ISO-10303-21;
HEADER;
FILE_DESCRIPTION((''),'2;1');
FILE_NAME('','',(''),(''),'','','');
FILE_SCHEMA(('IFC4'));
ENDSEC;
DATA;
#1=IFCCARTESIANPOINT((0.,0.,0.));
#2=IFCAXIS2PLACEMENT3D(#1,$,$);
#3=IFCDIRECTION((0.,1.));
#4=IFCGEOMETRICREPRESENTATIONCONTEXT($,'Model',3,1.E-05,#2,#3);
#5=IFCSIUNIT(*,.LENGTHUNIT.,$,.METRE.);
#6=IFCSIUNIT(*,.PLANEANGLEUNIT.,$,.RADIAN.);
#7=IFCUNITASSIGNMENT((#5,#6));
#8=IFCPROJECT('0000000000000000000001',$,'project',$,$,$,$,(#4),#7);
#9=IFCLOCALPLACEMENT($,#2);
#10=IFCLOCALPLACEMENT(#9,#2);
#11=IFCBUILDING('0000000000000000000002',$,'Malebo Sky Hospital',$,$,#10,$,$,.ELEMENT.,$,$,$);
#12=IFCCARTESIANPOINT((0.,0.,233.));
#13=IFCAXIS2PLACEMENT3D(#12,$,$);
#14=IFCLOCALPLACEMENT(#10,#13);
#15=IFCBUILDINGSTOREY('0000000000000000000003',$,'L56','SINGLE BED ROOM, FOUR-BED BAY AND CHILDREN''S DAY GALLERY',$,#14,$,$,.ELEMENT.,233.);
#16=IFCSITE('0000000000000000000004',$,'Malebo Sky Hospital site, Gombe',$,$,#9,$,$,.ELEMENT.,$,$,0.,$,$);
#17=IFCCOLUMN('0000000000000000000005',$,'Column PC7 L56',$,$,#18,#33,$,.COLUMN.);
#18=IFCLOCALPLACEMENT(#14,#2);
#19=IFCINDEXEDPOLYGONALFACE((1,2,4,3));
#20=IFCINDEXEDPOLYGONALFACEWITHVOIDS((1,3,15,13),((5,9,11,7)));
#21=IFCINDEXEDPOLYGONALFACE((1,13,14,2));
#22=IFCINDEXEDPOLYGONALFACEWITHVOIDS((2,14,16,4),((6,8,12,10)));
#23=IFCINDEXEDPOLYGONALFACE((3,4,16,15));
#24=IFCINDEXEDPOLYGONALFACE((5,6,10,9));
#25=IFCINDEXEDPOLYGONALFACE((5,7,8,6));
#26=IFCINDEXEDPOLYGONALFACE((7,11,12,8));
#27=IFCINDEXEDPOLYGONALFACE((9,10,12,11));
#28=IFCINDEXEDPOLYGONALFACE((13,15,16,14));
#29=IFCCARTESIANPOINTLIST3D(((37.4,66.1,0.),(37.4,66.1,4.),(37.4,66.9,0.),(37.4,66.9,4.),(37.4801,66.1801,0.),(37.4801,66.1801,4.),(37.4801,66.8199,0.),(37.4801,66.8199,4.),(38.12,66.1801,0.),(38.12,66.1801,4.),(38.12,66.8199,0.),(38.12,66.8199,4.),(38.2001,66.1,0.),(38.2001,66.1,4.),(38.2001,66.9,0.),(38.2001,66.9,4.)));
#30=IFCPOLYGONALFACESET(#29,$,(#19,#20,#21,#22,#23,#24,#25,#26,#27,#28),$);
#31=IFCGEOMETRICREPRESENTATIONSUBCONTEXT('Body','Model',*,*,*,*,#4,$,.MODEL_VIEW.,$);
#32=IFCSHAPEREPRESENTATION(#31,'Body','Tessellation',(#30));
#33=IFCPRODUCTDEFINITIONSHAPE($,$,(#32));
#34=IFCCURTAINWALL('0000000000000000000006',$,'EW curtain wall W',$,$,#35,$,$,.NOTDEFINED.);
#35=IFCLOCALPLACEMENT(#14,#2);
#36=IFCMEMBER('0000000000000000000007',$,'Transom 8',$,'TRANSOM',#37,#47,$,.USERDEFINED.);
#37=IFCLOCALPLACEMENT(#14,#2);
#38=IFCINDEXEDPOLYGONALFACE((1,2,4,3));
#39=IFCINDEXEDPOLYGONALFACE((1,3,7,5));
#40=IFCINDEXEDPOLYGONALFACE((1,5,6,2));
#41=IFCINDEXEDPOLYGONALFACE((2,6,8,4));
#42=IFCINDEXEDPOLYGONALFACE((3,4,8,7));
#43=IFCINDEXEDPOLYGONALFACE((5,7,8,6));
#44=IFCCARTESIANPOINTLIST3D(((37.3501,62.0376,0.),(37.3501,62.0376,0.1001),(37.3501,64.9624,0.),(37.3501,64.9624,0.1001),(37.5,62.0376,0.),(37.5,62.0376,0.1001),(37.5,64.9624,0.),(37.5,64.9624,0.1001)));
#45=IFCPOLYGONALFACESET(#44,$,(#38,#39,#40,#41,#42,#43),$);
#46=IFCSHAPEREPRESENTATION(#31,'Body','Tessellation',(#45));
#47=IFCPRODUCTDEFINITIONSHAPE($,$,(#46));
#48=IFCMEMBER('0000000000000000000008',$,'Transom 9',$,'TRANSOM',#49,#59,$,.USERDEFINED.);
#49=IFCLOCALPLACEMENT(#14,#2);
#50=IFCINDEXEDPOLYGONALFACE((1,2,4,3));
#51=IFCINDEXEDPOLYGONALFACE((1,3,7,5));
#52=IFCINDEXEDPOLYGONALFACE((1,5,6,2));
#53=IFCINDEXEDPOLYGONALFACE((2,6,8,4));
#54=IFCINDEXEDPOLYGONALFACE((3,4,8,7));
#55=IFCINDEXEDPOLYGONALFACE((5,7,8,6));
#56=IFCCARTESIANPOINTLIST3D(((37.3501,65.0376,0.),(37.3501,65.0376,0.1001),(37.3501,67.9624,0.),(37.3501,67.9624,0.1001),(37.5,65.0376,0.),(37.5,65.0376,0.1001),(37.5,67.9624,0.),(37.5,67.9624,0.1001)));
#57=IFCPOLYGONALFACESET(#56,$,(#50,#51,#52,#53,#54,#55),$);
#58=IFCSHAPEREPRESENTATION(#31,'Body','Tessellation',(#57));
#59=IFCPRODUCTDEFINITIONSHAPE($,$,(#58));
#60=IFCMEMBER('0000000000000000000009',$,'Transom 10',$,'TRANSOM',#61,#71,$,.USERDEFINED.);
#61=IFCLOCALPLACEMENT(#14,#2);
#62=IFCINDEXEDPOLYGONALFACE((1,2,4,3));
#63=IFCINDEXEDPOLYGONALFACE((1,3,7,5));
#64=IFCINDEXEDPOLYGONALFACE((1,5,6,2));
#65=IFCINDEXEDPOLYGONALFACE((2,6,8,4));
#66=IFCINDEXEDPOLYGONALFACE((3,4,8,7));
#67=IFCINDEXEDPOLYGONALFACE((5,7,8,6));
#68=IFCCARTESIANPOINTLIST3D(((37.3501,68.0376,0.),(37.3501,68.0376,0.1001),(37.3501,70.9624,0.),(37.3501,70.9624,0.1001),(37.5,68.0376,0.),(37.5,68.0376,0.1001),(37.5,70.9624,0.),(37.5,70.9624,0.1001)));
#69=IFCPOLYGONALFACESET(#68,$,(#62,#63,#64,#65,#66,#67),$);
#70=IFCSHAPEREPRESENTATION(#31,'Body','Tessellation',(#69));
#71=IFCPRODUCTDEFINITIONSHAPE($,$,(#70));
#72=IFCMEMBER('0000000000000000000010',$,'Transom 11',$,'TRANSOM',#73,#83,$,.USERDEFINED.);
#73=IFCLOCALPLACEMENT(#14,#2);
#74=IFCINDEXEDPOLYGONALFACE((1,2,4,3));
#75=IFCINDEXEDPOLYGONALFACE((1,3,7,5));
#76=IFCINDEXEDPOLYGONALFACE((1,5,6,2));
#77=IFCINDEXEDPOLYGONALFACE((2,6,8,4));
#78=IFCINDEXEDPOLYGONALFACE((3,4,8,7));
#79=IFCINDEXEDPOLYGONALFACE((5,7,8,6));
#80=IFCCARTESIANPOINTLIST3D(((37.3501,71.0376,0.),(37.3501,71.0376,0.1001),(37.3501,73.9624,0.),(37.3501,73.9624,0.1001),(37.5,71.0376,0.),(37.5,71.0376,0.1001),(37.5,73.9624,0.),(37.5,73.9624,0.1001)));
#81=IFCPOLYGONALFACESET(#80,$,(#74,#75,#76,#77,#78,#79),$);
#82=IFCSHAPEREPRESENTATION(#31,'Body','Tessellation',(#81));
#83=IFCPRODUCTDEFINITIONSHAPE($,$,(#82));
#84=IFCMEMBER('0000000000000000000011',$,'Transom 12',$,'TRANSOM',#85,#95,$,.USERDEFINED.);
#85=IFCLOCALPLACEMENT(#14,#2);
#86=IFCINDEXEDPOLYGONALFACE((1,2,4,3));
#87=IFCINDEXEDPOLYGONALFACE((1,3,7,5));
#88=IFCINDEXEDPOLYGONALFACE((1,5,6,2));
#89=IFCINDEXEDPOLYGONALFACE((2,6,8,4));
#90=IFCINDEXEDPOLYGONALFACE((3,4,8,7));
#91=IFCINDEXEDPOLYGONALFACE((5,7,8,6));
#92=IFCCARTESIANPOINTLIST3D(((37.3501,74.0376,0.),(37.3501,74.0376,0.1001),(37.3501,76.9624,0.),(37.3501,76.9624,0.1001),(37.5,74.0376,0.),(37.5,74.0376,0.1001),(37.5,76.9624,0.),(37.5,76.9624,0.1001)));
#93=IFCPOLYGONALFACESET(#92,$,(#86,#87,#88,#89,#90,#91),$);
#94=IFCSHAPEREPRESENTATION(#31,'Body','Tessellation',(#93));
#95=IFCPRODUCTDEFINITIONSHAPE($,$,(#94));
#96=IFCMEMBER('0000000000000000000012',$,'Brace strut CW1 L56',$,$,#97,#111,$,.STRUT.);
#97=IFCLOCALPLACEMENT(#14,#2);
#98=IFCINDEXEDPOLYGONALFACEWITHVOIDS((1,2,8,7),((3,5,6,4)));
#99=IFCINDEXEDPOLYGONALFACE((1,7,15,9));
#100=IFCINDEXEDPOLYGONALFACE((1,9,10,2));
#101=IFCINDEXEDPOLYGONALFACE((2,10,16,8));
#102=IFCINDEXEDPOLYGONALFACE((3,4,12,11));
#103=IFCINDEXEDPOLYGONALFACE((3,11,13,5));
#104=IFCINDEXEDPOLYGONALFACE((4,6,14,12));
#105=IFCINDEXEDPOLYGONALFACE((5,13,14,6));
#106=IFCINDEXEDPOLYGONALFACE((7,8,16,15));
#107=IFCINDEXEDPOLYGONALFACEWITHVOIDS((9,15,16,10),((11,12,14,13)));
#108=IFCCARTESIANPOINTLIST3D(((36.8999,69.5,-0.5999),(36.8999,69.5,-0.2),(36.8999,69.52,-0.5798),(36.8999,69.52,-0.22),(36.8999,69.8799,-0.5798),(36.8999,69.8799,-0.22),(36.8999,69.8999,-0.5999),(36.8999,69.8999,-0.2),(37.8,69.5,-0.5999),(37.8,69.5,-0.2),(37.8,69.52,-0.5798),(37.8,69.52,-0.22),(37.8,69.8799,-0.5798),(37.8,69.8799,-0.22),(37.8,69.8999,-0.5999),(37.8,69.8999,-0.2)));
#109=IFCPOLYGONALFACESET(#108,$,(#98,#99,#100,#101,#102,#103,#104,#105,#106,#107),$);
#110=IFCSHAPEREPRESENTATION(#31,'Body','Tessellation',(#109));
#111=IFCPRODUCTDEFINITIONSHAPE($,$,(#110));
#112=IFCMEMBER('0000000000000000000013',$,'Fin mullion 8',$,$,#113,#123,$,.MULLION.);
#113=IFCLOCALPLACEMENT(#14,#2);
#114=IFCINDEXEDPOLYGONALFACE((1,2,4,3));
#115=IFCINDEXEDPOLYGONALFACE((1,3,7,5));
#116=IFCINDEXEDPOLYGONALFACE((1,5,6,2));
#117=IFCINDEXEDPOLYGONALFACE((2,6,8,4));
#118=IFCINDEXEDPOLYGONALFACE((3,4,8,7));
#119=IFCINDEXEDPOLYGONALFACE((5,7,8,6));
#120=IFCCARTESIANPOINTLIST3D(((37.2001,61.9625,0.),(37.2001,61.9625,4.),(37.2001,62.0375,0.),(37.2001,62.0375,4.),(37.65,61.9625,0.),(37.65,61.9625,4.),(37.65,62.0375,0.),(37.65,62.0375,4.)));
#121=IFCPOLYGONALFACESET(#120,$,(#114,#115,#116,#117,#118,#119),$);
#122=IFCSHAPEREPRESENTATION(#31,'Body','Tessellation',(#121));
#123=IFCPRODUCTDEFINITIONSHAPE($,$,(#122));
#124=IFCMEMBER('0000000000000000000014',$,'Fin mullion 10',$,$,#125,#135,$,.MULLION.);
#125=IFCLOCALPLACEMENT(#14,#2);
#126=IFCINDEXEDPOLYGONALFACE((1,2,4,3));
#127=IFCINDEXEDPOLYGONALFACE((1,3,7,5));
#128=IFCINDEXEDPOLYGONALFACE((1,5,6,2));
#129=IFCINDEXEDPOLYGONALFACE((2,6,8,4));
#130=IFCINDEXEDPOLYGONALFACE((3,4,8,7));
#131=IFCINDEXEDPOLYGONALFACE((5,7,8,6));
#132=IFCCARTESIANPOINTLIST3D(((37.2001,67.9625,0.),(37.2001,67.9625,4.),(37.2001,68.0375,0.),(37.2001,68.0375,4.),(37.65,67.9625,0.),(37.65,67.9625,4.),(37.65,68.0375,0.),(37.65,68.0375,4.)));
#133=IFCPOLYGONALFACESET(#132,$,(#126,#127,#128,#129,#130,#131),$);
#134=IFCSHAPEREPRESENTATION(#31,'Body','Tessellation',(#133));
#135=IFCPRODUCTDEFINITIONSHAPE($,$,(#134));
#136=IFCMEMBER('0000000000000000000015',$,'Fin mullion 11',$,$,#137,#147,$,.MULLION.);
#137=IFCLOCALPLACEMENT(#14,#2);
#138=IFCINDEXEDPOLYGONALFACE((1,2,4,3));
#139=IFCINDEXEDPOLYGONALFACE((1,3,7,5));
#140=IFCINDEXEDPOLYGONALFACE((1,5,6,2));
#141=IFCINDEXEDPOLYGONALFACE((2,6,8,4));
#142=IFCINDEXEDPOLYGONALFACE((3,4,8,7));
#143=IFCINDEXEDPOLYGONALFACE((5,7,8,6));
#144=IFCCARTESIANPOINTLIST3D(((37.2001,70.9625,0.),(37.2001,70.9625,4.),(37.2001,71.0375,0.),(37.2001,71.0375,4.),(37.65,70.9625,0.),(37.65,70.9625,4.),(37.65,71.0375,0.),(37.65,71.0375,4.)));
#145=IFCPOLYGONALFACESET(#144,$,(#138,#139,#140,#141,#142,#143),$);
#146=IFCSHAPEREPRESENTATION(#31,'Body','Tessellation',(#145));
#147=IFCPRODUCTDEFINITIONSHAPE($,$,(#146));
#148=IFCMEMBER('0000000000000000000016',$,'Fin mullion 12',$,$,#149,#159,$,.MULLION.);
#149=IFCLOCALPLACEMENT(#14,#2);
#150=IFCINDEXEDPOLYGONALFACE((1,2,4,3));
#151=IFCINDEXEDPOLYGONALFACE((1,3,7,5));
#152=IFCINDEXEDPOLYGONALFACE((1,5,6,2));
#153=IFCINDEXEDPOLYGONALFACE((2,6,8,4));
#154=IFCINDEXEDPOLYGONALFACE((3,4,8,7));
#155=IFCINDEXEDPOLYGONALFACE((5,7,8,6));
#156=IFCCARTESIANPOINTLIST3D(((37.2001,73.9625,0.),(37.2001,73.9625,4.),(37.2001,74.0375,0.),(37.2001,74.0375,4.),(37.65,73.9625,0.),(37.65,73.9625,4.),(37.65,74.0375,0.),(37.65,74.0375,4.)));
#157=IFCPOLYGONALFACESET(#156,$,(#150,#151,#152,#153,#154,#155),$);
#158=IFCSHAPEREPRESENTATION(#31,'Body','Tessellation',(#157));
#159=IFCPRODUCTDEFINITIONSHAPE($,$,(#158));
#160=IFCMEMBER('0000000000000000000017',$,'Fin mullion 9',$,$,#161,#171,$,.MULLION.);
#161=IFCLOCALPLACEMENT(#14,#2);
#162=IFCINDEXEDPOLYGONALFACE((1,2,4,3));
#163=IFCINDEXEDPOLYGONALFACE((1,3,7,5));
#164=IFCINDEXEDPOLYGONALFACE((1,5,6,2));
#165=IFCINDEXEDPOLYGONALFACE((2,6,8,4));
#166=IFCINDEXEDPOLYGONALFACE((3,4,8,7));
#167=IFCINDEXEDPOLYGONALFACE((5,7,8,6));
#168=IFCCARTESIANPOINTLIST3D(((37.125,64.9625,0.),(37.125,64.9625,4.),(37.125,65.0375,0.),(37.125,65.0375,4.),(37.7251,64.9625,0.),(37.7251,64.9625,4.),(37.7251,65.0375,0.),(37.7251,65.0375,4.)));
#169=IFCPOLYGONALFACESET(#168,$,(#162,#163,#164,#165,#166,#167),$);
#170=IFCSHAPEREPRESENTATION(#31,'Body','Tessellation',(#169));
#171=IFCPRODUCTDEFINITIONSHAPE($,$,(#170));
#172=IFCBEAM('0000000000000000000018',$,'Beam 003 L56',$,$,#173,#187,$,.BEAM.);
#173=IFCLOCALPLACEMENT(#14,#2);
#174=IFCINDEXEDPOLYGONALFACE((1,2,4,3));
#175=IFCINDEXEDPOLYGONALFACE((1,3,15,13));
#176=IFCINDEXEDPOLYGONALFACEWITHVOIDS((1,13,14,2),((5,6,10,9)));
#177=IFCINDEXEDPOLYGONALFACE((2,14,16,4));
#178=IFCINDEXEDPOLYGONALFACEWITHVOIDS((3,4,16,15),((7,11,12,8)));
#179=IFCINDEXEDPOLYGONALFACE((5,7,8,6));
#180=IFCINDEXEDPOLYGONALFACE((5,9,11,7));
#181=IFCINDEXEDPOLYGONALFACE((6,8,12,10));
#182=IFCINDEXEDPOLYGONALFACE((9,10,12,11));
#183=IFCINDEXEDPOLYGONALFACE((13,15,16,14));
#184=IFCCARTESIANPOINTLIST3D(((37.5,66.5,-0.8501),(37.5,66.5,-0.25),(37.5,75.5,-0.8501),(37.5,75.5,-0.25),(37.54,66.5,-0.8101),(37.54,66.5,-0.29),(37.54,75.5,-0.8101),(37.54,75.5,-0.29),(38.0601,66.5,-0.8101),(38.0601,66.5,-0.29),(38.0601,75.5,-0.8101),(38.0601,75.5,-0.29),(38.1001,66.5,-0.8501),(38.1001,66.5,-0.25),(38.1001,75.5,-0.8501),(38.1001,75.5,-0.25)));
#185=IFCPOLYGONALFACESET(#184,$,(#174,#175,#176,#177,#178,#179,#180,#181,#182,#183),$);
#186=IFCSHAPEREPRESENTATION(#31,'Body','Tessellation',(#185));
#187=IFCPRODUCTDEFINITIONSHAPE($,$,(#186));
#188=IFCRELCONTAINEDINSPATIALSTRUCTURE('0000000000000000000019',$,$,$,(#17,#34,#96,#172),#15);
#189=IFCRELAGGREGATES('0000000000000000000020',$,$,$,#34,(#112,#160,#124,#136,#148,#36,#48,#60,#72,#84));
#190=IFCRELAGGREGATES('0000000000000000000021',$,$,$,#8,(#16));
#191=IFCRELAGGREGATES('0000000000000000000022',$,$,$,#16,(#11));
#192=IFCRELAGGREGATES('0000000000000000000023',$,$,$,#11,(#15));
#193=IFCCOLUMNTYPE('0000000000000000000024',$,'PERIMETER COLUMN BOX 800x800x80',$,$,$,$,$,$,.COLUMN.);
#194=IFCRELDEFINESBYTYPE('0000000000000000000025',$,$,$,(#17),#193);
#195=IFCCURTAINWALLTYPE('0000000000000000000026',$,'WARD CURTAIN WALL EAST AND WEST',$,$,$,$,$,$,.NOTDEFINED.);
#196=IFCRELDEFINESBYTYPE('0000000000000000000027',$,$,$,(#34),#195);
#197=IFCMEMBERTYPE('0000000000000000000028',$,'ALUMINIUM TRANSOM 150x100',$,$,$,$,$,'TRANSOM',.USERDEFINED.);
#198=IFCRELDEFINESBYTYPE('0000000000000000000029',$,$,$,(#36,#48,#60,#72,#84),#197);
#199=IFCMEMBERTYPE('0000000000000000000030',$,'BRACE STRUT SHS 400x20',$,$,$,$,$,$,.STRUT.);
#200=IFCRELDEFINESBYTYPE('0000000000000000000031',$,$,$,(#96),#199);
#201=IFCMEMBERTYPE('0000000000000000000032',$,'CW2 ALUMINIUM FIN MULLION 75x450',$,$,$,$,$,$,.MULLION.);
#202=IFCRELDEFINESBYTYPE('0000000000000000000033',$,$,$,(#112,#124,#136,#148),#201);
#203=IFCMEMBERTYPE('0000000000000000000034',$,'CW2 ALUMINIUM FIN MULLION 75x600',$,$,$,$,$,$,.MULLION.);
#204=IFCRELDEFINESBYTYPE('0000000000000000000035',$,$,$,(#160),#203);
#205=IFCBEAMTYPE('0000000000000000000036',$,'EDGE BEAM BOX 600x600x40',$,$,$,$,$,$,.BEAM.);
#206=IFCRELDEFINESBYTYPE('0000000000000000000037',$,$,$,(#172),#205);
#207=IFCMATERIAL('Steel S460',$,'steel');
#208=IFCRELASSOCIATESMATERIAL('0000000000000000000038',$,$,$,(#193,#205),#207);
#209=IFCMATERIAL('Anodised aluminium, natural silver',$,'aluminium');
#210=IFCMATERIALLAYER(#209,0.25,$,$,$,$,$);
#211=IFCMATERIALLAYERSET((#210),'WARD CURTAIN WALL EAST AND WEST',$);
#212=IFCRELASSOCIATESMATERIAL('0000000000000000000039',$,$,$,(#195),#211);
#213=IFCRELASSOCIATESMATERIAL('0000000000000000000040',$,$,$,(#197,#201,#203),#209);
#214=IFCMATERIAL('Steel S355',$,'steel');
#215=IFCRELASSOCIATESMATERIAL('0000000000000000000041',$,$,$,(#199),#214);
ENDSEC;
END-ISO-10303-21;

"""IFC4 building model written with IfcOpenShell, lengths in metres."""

from ifc_helpers import new_model, si_unit, direction, frame, origin, origin_2d, place, context, subcontext, project, spatial, rectangle, hollow_rectangle, extrude, material, layer, layer_set, material_profile, profile_set, type_object, element, aggregate, save


model = new_model("IFC4")

# Units and contexts
model_context = context("Model", 3, precision=1e-05, world=origin(), true_north=direction((0.0, 1.0)))
body_context = subcontext(model_context, "Body", "Model", "MODEL_VIEW")
ifc_project = project(units=[si_unit("LENGTHUNIT", "METRE"), si_unit("PLANEANGLEUNIT", "RADIAN")], contexts=[model_context])

# Site, building, storey
site_placement = place(None, origin())
site = spatial("IfcSite", under=ifc_project, at=site_placement, Name="Malebo Sky Hospital site, Gombe", CompositionType="ELEMENT", RefElevation=0.0)
building_placement = place(site_placement, origin())
building = spatial("IfcBuilding", under=site, at=building_placement, Name="Malebo Sky Hospital", CompositionType="ELEMENT")
storey_placement = place(building_placement, frame((0.0, 0.0, 233.0)))
storey = spatial("IfcBuildingStorey", under=building, at=storey_placement, Name="L56", Description="SINGLE BED ROOM, FOUR-BED BAY AND CHILDREN'S DAY GALLERY", CompositionType="ELEMENT", Elevation=233.0)

# Column
ifc_material_1 = material(Name="Steel S460", Category="steel")
ifc_material_profile_1 = material_profile(ifc_material_1, hollow_rectangle(XDim=0.8, YDim=0.8, WallThickness=0.0801, at=origin_2d()), Name="BOX 800x800x80")
ifc_profile_set_1 = profile_set([ifc_material_profile_1], Name="Steel S460")
column_type = type_object("IfcColumnType", Name="PERIMETER COLUMN BOX 800x800x80", PredefinedType="COLUMN", material=ifc_profile_set_1)
column_placement = place(storey_placement, frame((37.8, 66.5, 0.0), z_axis=(0.0, 0.0, 1.0), x_axis=(1.0, 0.0, 0.0)))
element("IfcColumn", 1, at=column_placement, inside=storey, type_object=column_type, Name="Column PC7 L56", PredefinedType="COLUMN", context=body_context, shape_type="SweptSolid", body=[
    extrude(hollow_rectangle(XDim=0.8, YDim=0.8, WallThickness=0.0801, at=origin_2d()), origin(), (0.0, 0.0, 1.0), 4.0),
])

# Curtain wall, members
ifc_material_2 = material(Name="Anodised aluminium, natural silver", Category="aluminium")
ifc_layer_1 = layer(ifc_material_2, 0.25)
ifc_layer_set_1 = layer_set([ifc_layer_1], Name="WARD CURTAIN WALL EAST AND WEST")
curtain_wall_type = type_object("IfcCurtainWallType", Name="WARD CURTAIN WALL EAST AND WEST", PredefinedType="NOTDEFINED", material=ifc_layer_set_1)
curtain_wall_placement = place(storey_placement, origin())
curtain_wall = element("IfcCurtainWall", 2, at=curtain_wall_placement, inside=storey, type_object=curtain_wall_type, Name="EW curtain wall W", PredefinedType="NOTDEFINED")
ifc_material_profile_2 = material_profile(ifc_material_2, rectangle(XDim=0.1499, YDim=0.1001, at=origin_2d()), Name="ALUMINIUM TRANSOM 150x100")
ifc_profile_set_2 = profile_set([ifc_material_profile_2], Name="Anodised aluminium, natural silver")
member_type_1 = type_object("IfcMemberType", Name="ALUMINIUM TRANSOM 150x100", ElementType="TRANSOM", PredefinedType="USERDEFINED", material=ifc_profile_set_2)
member_1_placement = place(storey_placement, frame((37.425, 62.0376, 0.05), z_axis=(0.0, 1.0, 0.0), x_axis=(-1.0, 0.0, 0.0)))
member_1 = element("IfcMember", 3, at=member_1_placement, type_object=member_type_1, Name="Transom 8", ObjectType="TRANSOM", PredefinedType="USERDEFINED", context=body_context, shape_type="SweptSolid", body=[
    extrude(rectangle(XDim=0.1499, YDim=0.1001, at=origin_2d()), origin(), (0.0, 0.0, 1.0), 2.9248),
])
member_2_placement = place(storey_placement, frame((37.425, 65.0376, 0.05), z_axis=(0.0, 1.0, 0.0), x_axis=(-1.0, 0.0, 0.0)))
member_2 = element("IfcMember", 4, at=member_2_placement, type_object=member_type_1, Name="Transom 9", ObjectType="TRANSOM", PredefinedType="USERDEFINED", context=body_context, shape_type="SweptSolid", body=[
    extrude(rectangle(XDim=0.1499, YDim=0.1001, at=origin_2d()), origin(), (0.0, 0.0, 1.0), 2.9248),
])
member_3_placement = place(storey_placement, frame((37.425, 68.0376, 0.05), z_axis=(0.0, 1.0, 0.0), x_axis=(-1.0, 0.0, 0.0)))
member_3 = element("IfcMember", 5, at=member_3_placement, type_object=member_type_1, Name="Transom 10", ObjectType="TRANSOM", PredefinedType="USERDEFINED", context=body_context, shape_type="SweptSolid", body=[
    extrude(rectangle(XDim=0.1499, YDim=0.1001, at=origin_2d()), origin(), (0.0, 0.0, 1.0), 2.9248),
])
member_4_placement = place(storey_placement, frame((37.425, 71.0376, 0.05), z_axis=(0.0, 1.0, 0.0), x_axis=(-1.0, 0.0, 0.0)))
member_4 = element("IfcMember", 6, at=member_4_placement, type_object=member_type_1, Name="Transom 11", ObjectType="TRANSOM", PredefinedType="USERDEFINED", context=body_context, shape_type="SweptSolid", body=[
    extrude(rectangle(XDim=0.1499, YDim=0.1001, at=origin_2d()), origin(), (0.0, 0.0, 1.0), 2.9248),
])
member_5_placement = place(storey_placement, frame((37.425, 74.0376, 0.05), z_axis=(0.0, 1.0, 0.0), x_axis=(-1.0, 0.0, 0.0)))
member_5 = element("IfcMember", 7, at=member_5_placement, type_object=member_type_1, Name="Transom 12", ObjectType="TRANSOM", PredefinedType="USERDEFINED", context=body_context, shape_type="SweptSolid", body=[
    extrude(rectangle(XDim=0.1499, YDim=0.1001, at=origin_2d()), origin(), (0.0, 0.0, 1.0), 2.9248),
])

# Members
ifc_material_3 = material(Name="Steel S355", Category="steel")
ifc_material_profile_3 = material_profile(ifc_material_3, hollow_rectangle(XDim=0.3999, YDim=0.3999, WallThickness=0.02, at=origin_2d()), Name="SHS 400x20")
ifc_profile_set_3 = profile_set([ifc_material_profile_3], Name="Steel S355")
member_type_2 = type_object("IfcMemberType", Name="BRACE STRUT SHS 400x20", PredefinedType="STRUT", material=ifc_profile_set_3)
member_6_placement = place(storey_placement, frame((36.8999, 69.7, -0.3999), z_axis=(1.0, 0.0, 0.0), x_axis=(0.0, 1.0, 0.0)))
element("IfcMember", 8, at=member_6_placement, inside=storey, type_object=member_type_2, Name="Brace strut CW1 L56", PredefinedType="STRUT", context=body_context, shape_type="SweptSolid", body=[
    extrude(hollow_rectangle(XDim=0.3999, YDim=0.3999, WallThickness=0.02, at=origin_2d()), origin(), (0.0, 0.0, 1.0), 0.9001),
])
ifc_material_profile_4 = material_profile(ifc_material_2, rectangle(XDim=0.075, YDim=0.45, at=origin_2d()), Name="CW2 ALUMINIUM FIN MULLION 75x450")
ifc_profile_set_4 = profile_set([ifc_material_profile_4], Name="Anodised aluminium, natural silver")
member_type_3 = type_object("IfcMemberType", Name="CW2 ALUMINIUM FIN MULLION 75x450", PredefinedType="MULLION", material=ifc_profile_set_4)
member_7_placement = place(storey_placement, frame((37.425, 62.0, 0.0), z_axis=(0.0, 0.0, 1.0), x_axis=(0.0, 1.0, 0.0)))
member_7 = element("IfcMember", 9, at=member_7_placement, type_object=member_type_3, Name="Fin mullion 8", PredefinedType="MULLION", context=body_context, shape_type="SweptSolid", body=[
    extrude(rectangle(XDim=0.075, YDim=0.45, at=origin_2d()), origin(), (0.0, 0.0, 1.0), 4.0),
])
member_8_placement = place(storey_placement, frame((37.425, 68.0, 0.0), z_axis=(0.0, 0.0, 1.0), x_axis=(0.0, 1.0, 0.0)))
member_8 = element("IfcMember", 10, at=member_8_placement, type_object=member_type_3, Name="Fin mullion 10", PredefinedType="MULLION", context=body_context, shape_type="SweptSolid", body=[
    extrude(rectangle(XDim=0.075, YDim=0.45, at=origin_2d()), origin(), (0.0, 0.0, 1.0), 4.0),
])
member_9_placement = place(storey_placement, frame((37.425, 71.0, 0.0), z_axis=(0.0, 0.0, 1.0), x_axis=(0.0, 1.0, 0.0)))
member_9 = element("IfcMember", 11, at=member_9_placement, type_object=member_type_3, Name="Fin mullion 11", PredefinedType="MULLION", context=body_context, shape_type="SweptSolid", body=[
    extrude(rectangle(XDim=0.075, YDim=0.45, at=origin_2d()), origin(), (0.0, 0.0, 1.0), 4.0),
])
member_10_placement = place(storey_placement, frame((37.425, 74.0, 0.0), z_axis=(0.0, 0.0, 1.0), x_axis=(0.0, 1.0, 0.0)))
member_10 = element("IfcMember", 12, at=member_10_placement, type_object=member_type_3, Name="Fin mullion 12", PredefinedType="MULLION", context=body_context, shape_type="SweptSolid", body=[
    extrude(rectangle(XDim=0.075, YDim=0.45, at=origin_2d()), origin(), (0.0, 0.0, 1.0), 4.0),
])
ifc_material_profile_5 = material_profile(ifc_material_2, rectangle(XDim=0.075, YDim=0.6001, at=origin_2d()), Name="CW2 ALUMINIUM FIN MULLION 75x600")
ifc_profile_set_5 = profile_set([ifc_material_profile_5], Name="Anodised aluminium, natural silver")
member_type_4 = type_object("IfcMemberType", Name="CW2 ALUMINIUM FIN MULLION 75x600", PredefinedType="MULLION", material=ifc_profile_set_5)
member_11_placement = place(storey_placement, frame((37.425, 65.0, 0.0), z_axis=(0.0, 0.0, 1.0), x_axis=(0.0, 1.0, 0.0)))
member_11 = element("IfcMember", 13, at=member_11_placement, type_object=member_type_4, Name="Fin mullion 9", PredefinedType="MULLION", context=body_context, shape_type="SweptSolid", body=[
    extrude(rectangle(XDim=0.075, YDim=0.6001, at=origin_2d()), origin(), (0.0, 0.0, 1.0), 4.0),
])

# Beam
ifc_material_profile_6 = material_profile(ifc_material_1, hollow_rectangle(XDim=0.6001, YDim=0.6001, WallThickness=0.04, at=origin_2d()), Name="BOX 600x600x40")
ifc_profile_set_6 = profile_set([ifc_material_profile_6], Name="Steel S460")
beam_type_1 = type_object("IfcBeamType", Name="EDGE BEAM BOX 600x600x40", PredefinedType="BEAM", material=ifc_profile_set_6)
beam_1_placement = place(storey_placement, frame((37.8, 66.5, -0.55), z_axis=(0.0, 1.0, 0.0), x_axis=(-1.0, 0.0, 0.0)))
element("IfcBeam", 14, at=beam_1_placement, inside=storey, type_object=beam_type_1, Name="Beam 003 L56", PredefinedType="BEAM", context=body_context, shape_type="SweptSolid", body=[
    extrude(hollow_rectangle(XDim=0.6001, YDim=0.6001, WallThickness=0.04, at=origin_2d()), origin(), (0.0, 0.0, 1.0), 9.0),
])

aggregate(curtain_wall, [member_7, member_11, member_8, member_9, member_10, member_1, member_2, member_3, member_4, member_5])

save(model, "model.ifc")
